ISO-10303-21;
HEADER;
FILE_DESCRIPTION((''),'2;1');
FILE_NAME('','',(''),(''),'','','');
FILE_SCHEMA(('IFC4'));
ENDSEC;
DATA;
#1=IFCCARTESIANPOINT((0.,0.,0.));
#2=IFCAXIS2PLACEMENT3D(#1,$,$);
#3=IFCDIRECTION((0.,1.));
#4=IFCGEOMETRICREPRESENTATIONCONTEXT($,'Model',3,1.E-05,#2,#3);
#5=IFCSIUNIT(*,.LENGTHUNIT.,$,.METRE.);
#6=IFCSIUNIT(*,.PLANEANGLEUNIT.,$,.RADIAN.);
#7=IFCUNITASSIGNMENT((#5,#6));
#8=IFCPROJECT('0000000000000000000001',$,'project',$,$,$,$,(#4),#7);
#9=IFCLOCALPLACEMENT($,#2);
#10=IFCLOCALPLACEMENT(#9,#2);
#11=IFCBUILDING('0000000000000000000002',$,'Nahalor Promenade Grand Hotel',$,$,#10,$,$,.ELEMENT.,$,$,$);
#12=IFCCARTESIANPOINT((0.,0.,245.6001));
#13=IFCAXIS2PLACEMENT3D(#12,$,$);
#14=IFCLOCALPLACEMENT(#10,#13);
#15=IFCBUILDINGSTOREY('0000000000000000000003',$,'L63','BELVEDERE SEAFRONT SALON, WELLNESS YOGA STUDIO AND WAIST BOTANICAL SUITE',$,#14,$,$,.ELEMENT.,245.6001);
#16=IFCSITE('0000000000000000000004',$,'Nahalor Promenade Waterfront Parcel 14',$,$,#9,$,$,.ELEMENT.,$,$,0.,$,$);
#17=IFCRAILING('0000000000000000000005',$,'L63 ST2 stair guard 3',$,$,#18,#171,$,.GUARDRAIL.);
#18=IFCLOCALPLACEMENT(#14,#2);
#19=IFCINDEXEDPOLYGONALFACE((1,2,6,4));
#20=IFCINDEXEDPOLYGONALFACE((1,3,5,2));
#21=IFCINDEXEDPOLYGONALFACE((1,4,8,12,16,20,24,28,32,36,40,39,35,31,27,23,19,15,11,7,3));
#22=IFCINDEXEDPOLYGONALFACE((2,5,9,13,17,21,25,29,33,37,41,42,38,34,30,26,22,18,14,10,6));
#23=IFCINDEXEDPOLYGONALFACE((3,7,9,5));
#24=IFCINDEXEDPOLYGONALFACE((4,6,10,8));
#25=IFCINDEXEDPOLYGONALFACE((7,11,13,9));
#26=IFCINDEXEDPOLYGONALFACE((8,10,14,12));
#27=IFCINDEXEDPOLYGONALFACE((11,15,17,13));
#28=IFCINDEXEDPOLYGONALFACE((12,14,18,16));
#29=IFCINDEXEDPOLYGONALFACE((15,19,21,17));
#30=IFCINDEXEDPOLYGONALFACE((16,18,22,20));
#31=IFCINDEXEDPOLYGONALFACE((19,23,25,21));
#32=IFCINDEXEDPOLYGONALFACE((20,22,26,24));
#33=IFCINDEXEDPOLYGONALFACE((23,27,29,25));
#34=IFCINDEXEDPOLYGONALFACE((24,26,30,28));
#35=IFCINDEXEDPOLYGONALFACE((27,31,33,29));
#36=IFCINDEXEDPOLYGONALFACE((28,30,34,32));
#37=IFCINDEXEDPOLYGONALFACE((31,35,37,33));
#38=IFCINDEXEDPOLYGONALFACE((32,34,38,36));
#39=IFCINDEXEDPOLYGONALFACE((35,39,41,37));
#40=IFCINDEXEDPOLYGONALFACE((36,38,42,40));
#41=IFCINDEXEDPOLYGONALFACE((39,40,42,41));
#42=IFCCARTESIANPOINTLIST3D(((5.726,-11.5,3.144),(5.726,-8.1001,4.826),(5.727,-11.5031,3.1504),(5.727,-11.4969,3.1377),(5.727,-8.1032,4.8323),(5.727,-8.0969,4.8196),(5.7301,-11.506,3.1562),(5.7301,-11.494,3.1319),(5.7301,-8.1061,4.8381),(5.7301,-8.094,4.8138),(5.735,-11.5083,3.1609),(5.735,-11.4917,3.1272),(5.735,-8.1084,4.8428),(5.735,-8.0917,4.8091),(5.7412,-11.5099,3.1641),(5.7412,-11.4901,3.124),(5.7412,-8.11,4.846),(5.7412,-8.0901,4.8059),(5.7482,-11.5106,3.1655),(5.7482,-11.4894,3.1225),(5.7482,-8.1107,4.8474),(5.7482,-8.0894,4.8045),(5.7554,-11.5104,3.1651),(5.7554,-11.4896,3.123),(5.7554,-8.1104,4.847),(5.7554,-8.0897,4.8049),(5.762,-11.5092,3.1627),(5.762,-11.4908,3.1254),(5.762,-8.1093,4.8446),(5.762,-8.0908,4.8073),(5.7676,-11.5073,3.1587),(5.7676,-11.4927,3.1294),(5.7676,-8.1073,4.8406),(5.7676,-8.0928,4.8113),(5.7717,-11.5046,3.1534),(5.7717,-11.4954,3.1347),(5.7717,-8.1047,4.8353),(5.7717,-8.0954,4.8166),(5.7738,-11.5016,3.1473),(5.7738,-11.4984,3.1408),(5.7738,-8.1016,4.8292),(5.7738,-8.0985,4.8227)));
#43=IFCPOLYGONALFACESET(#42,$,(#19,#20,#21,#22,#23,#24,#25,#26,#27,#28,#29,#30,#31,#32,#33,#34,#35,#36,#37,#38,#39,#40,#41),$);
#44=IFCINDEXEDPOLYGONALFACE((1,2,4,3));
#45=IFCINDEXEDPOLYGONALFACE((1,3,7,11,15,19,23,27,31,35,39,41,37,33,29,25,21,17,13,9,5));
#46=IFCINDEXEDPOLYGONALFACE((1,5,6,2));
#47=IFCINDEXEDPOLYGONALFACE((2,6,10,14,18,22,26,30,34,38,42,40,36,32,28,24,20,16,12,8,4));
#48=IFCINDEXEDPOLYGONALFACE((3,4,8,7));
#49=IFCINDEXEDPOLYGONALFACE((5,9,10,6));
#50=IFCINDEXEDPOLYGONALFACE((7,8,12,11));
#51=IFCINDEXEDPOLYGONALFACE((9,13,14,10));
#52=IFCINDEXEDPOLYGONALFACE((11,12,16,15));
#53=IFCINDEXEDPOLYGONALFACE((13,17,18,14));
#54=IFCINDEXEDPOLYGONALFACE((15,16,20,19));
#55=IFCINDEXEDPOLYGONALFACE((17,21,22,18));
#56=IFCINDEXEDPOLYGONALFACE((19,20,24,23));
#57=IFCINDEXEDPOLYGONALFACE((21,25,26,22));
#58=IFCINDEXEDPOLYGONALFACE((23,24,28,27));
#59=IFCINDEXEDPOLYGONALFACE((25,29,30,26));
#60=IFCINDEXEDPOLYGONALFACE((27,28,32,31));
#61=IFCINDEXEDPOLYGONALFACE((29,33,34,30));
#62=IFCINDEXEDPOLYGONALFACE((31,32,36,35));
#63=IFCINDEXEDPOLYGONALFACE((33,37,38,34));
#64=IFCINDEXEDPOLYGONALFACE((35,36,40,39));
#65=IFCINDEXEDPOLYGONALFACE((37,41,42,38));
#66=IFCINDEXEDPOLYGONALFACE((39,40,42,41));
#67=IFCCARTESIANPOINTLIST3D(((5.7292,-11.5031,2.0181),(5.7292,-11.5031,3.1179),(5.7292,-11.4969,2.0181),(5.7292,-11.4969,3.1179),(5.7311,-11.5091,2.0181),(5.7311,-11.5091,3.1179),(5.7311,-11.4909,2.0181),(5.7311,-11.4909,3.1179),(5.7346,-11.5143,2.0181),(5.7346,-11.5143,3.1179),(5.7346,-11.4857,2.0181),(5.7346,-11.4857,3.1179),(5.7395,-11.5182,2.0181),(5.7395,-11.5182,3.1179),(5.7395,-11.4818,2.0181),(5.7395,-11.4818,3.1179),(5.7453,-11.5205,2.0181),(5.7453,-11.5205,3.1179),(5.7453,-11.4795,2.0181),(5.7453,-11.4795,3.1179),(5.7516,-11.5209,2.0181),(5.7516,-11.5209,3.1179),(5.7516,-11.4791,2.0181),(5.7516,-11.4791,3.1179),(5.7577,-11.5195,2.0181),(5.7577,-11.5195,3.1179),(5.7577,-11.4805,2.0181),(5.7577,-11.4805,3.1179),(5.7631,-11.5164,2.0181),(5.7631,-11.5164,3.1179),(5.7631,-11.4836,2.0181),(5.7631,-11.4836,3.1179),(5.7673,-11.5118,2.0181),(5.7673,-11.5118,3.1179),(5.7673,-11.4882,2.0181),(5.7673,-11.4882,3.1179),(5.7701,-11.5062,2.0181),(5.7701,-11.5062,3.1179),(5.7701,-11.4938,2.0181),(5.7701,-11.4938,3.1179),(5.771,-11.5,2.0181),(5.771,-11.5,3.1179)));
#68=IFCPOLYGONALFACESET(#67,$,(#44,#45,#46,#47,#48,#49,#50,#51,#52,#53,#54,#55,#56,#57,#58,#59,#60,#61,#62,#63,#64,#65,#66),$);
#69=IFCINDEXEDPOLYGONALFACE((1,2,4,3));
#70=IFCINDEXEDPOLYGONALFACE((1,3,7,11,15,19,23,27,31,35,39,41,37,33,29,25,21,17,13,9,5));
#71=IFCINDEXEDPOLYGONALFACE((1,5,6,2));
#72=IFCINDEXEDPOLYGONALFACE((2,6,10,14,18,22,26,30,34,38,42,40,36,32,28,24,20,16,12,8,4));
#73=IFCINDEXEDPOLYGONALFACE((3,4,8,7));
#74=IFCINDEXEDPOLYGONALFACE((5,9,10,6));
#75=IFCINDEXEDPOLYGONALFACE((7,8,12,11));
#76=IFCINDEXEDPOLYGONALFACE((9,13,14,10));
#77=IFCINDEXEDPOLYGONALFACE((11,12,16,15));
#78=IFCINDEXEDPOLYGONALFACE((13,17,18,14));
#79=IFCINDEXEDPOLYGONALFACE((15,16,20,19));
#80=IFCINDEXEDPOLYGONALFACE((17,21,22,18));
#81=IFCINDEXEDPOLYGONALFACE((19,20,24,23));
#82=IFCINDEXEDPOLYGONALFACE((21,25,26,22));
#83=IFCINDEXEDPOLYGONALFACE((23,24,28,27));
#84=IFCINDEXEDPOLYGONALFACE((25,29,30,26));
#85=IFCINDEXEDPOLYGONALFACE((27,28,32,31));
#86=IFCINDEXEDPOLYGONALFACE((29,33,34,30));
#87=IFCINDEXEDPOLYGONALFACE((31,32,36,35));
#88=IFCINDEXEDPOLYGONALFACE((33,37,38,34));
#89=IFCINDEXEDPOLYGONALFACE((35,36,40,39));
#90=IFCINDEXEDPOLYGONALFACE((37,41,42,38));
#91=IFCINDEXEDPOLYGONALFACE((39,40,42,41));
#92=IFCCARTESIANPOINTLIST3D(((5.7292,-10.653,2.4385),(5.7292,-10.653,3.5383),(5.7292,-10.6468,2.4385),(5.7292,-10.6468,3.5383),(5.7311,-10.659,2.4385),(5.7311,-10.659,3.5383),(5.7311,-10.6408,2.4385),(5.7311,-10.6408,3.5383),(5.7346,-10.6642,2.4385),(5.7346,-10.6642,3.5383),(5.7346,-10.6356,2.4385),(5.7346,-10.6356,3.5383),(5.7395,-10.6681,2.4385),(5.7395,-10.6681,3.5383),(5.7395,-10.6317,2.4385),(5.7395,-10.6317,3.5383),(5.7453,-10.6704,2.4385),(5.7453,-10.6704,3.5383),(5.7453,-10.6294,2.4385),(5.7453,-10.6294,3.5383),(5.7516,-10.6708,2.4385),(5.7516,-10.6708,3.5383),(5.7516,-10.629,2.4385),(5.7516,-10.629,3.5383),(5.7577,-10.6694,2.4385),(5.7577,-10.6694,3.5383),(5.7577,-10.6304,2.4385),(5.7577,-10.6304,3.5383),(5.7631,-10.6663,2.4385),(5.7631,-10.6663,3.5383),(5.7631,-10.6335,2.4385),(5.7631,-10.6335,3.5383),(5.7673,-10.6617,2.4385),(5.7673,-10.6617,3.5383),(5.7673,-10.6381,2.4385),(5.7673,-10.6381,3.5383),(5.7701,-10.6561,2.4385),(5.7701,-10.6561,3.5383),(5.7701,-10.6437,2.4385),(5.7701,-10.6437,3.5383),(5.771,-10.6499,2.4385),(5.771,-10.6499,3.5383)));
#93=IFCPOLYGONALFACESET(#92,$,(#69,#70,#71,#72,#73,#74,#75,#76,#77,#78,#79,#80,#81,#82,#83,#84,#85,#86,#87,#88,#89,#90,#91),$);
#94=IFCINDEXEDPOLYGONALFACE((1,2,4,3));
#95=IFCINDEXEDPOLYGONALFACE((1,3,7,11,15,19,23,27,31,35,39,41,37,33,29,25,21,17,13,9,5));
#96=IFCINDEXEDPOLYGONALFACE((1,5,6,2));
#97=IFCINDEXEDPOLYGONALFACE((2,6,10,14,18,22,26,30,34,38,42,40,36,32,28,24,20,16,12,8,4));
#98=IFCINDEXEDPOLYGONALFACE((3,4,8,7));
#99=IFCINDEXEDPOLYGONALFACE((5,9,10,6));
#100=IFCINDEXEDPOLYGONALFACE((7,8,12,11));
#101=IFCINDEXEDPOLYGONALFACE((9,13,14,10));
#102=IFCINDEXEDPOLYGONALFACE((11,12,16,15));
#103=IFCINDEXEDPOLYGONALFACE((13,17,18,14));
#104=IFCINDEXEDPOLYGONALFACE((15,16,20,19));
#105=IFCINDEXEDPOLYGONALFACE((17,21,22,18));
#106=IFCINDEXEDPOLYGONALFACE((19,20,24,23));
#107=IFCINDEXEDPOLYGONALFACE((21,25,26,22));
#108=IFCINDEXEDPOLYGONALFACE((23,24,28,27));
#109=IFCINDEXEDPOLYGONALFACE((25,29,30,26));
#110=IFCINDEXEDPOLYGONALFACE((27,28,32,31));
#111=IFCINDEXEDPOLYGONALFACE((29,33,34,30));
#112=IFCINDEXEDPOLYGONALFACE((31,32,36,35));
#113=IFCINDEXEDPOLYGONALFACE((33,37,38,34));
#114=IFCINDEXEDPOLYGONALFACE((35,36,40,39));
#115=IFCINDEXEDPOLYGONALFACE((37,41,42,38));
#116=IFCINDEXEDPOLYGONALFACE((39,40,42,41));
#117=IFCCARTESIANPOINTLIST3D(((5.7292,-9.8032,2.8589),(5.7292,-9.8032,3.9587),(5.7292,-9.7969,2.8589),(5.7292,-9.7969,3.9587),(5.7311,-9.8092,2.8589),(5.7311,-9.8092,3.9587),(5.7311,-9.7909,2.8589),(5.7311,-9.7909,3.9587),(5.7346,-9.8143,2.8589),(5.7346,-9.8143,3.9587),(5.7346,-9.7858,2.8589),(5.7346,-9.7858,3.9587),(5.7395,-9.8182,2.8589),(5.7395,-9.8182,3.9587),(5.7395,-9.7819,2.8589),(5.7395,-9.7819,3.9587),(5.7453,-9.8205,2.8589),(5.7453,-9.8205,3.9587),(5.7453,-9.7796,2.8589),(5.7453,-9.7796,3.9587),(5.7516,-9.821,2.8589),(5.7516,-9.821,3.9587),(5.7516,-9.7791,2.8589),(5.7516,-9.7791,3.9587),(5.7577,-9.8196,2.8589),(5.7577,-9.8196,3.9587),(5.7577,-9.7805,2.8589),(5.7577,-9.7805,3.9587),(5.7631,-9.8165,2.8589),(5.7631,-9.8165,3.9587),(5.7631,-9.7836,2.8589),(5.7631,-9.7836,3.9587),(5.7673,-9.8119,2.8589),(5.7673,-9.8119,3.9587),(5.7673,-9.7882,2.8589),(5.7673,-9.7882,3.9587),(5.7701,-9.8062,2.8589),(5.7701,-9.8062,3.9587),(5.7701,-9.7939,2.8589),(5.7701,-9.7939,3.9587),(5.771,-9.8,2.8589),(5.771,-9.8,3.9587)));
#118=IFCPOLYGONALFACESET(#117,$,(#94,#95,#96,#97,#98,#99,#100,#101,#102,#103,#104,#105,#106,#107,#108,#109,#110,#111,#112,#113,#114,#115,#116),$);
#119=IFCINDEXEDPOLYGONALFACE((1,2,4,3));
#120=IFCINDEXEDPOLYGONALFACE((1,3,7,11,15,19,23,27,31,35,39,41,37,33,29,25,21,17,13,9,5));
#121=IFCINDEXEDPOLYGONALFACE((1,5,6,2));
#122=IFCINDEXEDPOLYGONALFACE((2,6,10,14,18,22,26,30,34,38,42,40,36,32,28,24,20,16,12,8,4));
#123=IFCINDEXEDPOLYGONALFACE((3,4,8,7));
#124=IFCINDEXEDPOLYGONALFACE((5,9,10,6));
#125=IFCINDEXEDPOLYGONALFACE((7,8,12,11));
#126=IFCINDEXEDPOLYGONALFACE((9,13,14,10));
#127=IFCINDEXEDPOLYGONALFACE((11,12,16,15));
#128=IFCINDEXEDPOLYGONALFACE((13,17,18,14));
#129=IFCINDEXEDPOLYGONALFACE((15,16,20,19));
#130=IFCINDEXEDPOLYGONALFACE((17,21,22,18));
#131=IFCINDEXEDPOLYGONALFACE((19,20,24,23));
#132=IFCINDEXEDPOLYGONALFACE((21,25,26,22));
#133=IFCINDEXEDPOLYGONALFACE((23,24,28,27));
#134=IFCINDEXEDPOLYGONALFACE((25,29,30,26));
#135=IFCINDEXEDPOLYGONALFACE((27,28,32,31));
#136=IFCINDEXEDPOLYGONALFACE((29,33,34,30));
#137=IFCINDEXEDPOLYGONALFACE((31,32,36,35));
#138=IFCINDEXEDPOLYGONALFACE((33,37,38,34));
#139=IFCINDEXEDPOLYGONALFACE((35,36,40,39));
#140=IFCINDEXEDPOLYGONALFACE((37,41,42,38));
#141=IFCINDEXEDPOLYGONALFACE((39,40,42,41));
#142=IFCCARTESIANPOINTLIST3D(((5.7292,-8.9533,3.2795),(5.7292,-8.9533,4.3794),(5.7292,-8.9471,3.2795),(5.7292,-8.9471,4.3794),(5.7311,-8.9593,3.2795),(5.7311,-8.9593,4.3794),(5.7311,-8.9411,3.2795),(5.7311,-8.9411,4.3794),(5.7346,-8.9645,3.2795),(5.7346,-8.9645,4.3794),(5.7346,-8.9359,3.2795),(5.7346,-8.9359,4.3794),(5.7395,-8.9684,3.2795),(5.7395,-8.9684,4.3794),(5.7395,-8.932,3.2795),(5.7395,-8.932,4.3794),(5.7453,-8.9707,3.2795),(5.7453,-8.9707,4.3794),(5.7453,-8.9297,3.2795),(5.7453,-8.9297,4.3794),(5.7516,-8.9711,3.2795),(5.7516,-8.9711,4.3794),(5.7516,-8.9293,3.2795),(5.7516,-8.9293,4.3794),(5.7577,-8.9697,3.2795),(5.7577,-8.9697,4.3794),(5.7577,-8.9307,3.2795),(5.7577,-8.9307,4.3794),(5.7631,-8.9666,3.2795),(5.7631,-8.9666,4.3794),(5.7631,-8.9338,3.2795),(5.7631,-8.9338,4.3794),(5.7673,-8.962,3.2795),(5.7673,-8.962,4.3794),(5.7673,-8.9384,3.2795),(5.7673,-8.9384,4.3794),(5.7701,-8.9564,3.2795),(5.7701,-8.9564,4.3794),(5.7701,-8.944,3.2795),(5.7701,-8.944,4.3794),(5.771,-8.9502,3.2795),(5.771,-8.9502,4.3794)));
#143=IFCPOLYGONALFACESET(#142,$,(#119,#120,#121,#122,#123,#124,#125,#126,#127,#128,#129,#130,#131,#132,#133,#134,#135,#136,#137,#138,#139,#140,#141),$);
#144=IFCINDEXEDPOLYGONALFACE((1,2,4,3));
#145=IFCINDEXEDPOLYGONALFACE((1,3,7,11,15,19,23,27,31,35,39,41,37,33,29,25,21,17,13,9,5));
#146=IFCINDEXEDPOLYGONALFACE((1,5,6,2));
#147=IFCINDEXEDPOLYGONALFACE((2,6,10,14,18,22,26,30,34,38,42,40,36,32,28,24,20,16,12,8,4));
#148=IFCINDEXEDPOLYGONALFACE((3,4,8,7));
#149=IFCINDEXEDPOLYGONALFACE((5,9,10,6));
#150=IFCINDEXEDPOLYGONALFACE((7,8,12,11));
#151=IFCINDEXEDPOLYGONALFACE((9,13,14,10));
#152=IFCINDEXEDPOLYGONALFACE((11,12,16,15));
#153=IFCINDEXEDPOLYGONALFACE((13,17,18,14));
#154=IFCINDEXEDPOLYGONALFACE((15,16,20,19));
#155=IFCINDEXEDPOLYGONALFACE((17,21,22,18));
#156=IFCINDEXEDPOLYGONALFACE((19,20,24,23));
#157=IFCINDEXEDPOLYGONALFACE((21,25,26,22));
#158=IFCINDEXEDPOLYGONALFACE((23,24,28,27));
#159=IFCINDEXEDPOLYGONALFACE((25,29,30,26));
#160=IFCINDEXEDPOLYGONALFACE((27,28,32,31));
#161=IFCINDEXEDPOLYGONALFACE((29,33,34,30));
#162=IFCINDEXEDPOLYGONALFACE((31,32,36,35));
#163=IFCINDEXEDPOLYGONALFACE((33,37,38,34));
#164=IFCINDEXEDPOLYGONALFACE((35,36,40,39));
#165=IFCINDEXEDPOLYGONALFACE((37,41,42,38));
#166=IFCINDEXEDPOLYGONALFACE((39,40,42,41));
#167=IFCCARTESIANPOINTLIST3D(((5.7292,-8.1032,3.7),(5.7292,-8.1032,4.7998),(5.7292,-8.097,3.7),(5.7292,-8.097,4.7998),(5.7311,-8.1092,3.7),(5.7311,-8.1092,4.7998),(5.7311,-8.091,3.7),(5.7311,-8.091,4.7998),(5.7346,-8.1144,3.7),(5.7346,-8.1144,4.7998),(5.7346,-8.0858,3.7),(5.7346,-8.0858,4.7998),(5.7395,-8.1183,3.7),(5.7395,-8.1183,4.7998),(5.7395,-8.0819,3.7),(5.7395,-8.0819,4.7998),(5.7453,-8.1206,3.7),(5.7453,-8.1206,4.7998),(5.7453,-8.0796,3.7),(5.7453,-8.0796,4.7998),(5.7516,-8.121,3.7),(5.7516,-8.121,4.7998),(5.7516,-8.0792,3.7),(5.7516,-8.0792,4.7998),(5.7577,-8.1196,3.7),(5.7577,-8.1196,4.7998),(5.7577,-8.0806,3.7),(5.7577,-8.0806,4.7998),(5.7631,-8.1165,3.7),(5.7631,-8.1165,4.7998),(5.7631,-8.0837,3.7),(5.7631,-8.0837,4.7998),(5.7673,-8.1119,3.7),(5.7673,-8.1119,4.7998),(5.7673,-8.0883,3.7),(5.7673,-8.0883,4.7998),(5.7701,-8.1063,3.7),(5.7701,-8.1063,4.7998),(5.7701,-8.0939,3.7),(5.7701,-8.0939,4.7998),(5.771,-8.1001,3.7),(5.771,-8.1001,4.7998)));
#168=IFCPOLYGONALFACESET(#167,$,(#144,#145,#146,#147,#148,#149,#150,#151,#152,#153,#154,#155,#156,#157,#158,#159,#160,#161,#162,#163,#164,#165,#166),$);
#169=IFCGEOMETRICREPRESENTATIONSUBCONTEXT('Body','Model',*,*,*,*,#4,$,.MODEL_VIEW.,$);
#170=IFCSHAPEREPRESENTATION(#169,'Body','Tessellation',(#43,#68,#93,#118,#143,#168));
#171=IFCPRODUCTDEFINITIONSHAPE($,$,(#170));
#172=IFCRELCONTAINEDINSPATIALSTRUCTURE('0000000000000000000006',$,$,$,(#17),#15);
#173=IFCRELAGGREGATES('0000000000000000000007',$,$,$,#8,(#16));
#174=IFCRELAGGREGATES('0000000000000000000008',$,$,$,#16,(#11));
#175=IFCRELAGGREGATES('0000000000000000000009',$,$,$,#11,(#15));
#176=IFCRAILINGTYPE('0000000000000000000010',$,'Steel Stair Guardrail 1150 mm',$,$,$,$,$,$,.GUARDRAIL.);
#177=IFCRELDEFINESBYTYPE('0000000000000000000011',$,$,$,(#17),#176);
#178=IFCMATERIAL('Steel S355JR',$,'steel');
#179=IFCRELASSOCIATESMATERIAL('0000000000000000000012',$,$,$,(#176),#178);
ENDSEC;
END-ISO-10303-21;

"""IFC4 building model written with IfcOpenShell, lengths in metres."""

from ifc_helpers import new_model, si_unit, direction, frame, origin, origin_2d, place, context, subcontext, project, spatial, circle, extrude, material, type_object, element, save


model = new_model("IFC4")

# Units and contexts
model_context = context("Model", 3, precision=1e-05, world=origin(), true_north=direction((0.0, 1.0)))
body_context = subcontext(model_context, "Body", "Model", "MODEL_VIEW")
ifc_project = project(units=[si_unit("LENGTHUNIT", "METRE"), si_unit("PLANEANGLEUNIT", "RADIAN")], contexts=[model_context])

# Site, building, storey
site_placement = place(None, origin())
site = spatial("IfcSite", under=ifc_project, at=site_placement, Name="Nahalor Promenade Waterfront Parcel 14", CompositionType="ELEMENT", RefElevation=0.0)
building_placement = place(site_placement, origin())
building = spatial("IfcBuilding", under=site, at=building_placement, Name="Nahalor Promenade Grand Hotel", CompositionType="ELEMENT")
storey_placement = place(building_placement, frame((0.0, 0.0, 245.6001)))
storey = spatial("IfcBuildingStorey", under=building, at=storey_placement, Name="L63", Description="BELVEDERE SEAFRONT SALON, WELLNESS YOGA STUDIO AND WAIST BOTANICAL SUITE", CompositionType="ELEMENT", Elevation=245.6001)

# Shared definitions
ifc_material_1 = material(Name="Steel S355JR", Category="steel")

# Railing
railing_type_1 = type_object("IfcRailingType", Name="Steel Stair Guardrail 1150 mm", PredefinedType="GUARDRAIL", material=ifc_material_1)
railing_1_placement = place(storey_placement, frame((5.75, -11.5, 2.0181)))
element("IfcRailing", 1, at=railing_1_placement, inside=storey, type_object=railing_type_1, Name="L63 ST2 stair guard 3", PredefinedType="GUARDRAIL", context=body_context, shape_type="SweptSolid", body=[
    extrude(circle(Radius=0.024, at=origin_2d()), frame((0.0, 0.0, 1.126), z_axis=(0.0, 0.896324, 0.443399), x_axis=(-1.0, 0.0, 0.0)), (0.0, 0.0, 1.0), 3.7932),
    extrude(circle(Radius=0.021, at=origin_2d()), origin(), (0.0, 0.0, 1.0), 1.0999),
    extrude(circle(Radius=0.021, at=origin_2d()), frame((0.0, 0.8501, 0.4204)), (0.0, 0.0, 1.0), 1.0999),
    extrude(circle(Radius=0.021, at=origin_2d()), frame((0.0, 1.7, 0.8408)), (0.0, 0.0, 1.0), 1.0999),
    extrude(circle(Radius=0.021, at=origin_2d()), frame((0.0, 2.5498, 1.2615)), (0.0, 0.0, 1.0), 1.0999),
    extrude(circle(Radius=0.021, at=origin_2d()), frame((0.0, 3.3999, 1.6819)), (0.0, 0.0, 1.0), 1.0999),
])

save(model, "model.ifc")
